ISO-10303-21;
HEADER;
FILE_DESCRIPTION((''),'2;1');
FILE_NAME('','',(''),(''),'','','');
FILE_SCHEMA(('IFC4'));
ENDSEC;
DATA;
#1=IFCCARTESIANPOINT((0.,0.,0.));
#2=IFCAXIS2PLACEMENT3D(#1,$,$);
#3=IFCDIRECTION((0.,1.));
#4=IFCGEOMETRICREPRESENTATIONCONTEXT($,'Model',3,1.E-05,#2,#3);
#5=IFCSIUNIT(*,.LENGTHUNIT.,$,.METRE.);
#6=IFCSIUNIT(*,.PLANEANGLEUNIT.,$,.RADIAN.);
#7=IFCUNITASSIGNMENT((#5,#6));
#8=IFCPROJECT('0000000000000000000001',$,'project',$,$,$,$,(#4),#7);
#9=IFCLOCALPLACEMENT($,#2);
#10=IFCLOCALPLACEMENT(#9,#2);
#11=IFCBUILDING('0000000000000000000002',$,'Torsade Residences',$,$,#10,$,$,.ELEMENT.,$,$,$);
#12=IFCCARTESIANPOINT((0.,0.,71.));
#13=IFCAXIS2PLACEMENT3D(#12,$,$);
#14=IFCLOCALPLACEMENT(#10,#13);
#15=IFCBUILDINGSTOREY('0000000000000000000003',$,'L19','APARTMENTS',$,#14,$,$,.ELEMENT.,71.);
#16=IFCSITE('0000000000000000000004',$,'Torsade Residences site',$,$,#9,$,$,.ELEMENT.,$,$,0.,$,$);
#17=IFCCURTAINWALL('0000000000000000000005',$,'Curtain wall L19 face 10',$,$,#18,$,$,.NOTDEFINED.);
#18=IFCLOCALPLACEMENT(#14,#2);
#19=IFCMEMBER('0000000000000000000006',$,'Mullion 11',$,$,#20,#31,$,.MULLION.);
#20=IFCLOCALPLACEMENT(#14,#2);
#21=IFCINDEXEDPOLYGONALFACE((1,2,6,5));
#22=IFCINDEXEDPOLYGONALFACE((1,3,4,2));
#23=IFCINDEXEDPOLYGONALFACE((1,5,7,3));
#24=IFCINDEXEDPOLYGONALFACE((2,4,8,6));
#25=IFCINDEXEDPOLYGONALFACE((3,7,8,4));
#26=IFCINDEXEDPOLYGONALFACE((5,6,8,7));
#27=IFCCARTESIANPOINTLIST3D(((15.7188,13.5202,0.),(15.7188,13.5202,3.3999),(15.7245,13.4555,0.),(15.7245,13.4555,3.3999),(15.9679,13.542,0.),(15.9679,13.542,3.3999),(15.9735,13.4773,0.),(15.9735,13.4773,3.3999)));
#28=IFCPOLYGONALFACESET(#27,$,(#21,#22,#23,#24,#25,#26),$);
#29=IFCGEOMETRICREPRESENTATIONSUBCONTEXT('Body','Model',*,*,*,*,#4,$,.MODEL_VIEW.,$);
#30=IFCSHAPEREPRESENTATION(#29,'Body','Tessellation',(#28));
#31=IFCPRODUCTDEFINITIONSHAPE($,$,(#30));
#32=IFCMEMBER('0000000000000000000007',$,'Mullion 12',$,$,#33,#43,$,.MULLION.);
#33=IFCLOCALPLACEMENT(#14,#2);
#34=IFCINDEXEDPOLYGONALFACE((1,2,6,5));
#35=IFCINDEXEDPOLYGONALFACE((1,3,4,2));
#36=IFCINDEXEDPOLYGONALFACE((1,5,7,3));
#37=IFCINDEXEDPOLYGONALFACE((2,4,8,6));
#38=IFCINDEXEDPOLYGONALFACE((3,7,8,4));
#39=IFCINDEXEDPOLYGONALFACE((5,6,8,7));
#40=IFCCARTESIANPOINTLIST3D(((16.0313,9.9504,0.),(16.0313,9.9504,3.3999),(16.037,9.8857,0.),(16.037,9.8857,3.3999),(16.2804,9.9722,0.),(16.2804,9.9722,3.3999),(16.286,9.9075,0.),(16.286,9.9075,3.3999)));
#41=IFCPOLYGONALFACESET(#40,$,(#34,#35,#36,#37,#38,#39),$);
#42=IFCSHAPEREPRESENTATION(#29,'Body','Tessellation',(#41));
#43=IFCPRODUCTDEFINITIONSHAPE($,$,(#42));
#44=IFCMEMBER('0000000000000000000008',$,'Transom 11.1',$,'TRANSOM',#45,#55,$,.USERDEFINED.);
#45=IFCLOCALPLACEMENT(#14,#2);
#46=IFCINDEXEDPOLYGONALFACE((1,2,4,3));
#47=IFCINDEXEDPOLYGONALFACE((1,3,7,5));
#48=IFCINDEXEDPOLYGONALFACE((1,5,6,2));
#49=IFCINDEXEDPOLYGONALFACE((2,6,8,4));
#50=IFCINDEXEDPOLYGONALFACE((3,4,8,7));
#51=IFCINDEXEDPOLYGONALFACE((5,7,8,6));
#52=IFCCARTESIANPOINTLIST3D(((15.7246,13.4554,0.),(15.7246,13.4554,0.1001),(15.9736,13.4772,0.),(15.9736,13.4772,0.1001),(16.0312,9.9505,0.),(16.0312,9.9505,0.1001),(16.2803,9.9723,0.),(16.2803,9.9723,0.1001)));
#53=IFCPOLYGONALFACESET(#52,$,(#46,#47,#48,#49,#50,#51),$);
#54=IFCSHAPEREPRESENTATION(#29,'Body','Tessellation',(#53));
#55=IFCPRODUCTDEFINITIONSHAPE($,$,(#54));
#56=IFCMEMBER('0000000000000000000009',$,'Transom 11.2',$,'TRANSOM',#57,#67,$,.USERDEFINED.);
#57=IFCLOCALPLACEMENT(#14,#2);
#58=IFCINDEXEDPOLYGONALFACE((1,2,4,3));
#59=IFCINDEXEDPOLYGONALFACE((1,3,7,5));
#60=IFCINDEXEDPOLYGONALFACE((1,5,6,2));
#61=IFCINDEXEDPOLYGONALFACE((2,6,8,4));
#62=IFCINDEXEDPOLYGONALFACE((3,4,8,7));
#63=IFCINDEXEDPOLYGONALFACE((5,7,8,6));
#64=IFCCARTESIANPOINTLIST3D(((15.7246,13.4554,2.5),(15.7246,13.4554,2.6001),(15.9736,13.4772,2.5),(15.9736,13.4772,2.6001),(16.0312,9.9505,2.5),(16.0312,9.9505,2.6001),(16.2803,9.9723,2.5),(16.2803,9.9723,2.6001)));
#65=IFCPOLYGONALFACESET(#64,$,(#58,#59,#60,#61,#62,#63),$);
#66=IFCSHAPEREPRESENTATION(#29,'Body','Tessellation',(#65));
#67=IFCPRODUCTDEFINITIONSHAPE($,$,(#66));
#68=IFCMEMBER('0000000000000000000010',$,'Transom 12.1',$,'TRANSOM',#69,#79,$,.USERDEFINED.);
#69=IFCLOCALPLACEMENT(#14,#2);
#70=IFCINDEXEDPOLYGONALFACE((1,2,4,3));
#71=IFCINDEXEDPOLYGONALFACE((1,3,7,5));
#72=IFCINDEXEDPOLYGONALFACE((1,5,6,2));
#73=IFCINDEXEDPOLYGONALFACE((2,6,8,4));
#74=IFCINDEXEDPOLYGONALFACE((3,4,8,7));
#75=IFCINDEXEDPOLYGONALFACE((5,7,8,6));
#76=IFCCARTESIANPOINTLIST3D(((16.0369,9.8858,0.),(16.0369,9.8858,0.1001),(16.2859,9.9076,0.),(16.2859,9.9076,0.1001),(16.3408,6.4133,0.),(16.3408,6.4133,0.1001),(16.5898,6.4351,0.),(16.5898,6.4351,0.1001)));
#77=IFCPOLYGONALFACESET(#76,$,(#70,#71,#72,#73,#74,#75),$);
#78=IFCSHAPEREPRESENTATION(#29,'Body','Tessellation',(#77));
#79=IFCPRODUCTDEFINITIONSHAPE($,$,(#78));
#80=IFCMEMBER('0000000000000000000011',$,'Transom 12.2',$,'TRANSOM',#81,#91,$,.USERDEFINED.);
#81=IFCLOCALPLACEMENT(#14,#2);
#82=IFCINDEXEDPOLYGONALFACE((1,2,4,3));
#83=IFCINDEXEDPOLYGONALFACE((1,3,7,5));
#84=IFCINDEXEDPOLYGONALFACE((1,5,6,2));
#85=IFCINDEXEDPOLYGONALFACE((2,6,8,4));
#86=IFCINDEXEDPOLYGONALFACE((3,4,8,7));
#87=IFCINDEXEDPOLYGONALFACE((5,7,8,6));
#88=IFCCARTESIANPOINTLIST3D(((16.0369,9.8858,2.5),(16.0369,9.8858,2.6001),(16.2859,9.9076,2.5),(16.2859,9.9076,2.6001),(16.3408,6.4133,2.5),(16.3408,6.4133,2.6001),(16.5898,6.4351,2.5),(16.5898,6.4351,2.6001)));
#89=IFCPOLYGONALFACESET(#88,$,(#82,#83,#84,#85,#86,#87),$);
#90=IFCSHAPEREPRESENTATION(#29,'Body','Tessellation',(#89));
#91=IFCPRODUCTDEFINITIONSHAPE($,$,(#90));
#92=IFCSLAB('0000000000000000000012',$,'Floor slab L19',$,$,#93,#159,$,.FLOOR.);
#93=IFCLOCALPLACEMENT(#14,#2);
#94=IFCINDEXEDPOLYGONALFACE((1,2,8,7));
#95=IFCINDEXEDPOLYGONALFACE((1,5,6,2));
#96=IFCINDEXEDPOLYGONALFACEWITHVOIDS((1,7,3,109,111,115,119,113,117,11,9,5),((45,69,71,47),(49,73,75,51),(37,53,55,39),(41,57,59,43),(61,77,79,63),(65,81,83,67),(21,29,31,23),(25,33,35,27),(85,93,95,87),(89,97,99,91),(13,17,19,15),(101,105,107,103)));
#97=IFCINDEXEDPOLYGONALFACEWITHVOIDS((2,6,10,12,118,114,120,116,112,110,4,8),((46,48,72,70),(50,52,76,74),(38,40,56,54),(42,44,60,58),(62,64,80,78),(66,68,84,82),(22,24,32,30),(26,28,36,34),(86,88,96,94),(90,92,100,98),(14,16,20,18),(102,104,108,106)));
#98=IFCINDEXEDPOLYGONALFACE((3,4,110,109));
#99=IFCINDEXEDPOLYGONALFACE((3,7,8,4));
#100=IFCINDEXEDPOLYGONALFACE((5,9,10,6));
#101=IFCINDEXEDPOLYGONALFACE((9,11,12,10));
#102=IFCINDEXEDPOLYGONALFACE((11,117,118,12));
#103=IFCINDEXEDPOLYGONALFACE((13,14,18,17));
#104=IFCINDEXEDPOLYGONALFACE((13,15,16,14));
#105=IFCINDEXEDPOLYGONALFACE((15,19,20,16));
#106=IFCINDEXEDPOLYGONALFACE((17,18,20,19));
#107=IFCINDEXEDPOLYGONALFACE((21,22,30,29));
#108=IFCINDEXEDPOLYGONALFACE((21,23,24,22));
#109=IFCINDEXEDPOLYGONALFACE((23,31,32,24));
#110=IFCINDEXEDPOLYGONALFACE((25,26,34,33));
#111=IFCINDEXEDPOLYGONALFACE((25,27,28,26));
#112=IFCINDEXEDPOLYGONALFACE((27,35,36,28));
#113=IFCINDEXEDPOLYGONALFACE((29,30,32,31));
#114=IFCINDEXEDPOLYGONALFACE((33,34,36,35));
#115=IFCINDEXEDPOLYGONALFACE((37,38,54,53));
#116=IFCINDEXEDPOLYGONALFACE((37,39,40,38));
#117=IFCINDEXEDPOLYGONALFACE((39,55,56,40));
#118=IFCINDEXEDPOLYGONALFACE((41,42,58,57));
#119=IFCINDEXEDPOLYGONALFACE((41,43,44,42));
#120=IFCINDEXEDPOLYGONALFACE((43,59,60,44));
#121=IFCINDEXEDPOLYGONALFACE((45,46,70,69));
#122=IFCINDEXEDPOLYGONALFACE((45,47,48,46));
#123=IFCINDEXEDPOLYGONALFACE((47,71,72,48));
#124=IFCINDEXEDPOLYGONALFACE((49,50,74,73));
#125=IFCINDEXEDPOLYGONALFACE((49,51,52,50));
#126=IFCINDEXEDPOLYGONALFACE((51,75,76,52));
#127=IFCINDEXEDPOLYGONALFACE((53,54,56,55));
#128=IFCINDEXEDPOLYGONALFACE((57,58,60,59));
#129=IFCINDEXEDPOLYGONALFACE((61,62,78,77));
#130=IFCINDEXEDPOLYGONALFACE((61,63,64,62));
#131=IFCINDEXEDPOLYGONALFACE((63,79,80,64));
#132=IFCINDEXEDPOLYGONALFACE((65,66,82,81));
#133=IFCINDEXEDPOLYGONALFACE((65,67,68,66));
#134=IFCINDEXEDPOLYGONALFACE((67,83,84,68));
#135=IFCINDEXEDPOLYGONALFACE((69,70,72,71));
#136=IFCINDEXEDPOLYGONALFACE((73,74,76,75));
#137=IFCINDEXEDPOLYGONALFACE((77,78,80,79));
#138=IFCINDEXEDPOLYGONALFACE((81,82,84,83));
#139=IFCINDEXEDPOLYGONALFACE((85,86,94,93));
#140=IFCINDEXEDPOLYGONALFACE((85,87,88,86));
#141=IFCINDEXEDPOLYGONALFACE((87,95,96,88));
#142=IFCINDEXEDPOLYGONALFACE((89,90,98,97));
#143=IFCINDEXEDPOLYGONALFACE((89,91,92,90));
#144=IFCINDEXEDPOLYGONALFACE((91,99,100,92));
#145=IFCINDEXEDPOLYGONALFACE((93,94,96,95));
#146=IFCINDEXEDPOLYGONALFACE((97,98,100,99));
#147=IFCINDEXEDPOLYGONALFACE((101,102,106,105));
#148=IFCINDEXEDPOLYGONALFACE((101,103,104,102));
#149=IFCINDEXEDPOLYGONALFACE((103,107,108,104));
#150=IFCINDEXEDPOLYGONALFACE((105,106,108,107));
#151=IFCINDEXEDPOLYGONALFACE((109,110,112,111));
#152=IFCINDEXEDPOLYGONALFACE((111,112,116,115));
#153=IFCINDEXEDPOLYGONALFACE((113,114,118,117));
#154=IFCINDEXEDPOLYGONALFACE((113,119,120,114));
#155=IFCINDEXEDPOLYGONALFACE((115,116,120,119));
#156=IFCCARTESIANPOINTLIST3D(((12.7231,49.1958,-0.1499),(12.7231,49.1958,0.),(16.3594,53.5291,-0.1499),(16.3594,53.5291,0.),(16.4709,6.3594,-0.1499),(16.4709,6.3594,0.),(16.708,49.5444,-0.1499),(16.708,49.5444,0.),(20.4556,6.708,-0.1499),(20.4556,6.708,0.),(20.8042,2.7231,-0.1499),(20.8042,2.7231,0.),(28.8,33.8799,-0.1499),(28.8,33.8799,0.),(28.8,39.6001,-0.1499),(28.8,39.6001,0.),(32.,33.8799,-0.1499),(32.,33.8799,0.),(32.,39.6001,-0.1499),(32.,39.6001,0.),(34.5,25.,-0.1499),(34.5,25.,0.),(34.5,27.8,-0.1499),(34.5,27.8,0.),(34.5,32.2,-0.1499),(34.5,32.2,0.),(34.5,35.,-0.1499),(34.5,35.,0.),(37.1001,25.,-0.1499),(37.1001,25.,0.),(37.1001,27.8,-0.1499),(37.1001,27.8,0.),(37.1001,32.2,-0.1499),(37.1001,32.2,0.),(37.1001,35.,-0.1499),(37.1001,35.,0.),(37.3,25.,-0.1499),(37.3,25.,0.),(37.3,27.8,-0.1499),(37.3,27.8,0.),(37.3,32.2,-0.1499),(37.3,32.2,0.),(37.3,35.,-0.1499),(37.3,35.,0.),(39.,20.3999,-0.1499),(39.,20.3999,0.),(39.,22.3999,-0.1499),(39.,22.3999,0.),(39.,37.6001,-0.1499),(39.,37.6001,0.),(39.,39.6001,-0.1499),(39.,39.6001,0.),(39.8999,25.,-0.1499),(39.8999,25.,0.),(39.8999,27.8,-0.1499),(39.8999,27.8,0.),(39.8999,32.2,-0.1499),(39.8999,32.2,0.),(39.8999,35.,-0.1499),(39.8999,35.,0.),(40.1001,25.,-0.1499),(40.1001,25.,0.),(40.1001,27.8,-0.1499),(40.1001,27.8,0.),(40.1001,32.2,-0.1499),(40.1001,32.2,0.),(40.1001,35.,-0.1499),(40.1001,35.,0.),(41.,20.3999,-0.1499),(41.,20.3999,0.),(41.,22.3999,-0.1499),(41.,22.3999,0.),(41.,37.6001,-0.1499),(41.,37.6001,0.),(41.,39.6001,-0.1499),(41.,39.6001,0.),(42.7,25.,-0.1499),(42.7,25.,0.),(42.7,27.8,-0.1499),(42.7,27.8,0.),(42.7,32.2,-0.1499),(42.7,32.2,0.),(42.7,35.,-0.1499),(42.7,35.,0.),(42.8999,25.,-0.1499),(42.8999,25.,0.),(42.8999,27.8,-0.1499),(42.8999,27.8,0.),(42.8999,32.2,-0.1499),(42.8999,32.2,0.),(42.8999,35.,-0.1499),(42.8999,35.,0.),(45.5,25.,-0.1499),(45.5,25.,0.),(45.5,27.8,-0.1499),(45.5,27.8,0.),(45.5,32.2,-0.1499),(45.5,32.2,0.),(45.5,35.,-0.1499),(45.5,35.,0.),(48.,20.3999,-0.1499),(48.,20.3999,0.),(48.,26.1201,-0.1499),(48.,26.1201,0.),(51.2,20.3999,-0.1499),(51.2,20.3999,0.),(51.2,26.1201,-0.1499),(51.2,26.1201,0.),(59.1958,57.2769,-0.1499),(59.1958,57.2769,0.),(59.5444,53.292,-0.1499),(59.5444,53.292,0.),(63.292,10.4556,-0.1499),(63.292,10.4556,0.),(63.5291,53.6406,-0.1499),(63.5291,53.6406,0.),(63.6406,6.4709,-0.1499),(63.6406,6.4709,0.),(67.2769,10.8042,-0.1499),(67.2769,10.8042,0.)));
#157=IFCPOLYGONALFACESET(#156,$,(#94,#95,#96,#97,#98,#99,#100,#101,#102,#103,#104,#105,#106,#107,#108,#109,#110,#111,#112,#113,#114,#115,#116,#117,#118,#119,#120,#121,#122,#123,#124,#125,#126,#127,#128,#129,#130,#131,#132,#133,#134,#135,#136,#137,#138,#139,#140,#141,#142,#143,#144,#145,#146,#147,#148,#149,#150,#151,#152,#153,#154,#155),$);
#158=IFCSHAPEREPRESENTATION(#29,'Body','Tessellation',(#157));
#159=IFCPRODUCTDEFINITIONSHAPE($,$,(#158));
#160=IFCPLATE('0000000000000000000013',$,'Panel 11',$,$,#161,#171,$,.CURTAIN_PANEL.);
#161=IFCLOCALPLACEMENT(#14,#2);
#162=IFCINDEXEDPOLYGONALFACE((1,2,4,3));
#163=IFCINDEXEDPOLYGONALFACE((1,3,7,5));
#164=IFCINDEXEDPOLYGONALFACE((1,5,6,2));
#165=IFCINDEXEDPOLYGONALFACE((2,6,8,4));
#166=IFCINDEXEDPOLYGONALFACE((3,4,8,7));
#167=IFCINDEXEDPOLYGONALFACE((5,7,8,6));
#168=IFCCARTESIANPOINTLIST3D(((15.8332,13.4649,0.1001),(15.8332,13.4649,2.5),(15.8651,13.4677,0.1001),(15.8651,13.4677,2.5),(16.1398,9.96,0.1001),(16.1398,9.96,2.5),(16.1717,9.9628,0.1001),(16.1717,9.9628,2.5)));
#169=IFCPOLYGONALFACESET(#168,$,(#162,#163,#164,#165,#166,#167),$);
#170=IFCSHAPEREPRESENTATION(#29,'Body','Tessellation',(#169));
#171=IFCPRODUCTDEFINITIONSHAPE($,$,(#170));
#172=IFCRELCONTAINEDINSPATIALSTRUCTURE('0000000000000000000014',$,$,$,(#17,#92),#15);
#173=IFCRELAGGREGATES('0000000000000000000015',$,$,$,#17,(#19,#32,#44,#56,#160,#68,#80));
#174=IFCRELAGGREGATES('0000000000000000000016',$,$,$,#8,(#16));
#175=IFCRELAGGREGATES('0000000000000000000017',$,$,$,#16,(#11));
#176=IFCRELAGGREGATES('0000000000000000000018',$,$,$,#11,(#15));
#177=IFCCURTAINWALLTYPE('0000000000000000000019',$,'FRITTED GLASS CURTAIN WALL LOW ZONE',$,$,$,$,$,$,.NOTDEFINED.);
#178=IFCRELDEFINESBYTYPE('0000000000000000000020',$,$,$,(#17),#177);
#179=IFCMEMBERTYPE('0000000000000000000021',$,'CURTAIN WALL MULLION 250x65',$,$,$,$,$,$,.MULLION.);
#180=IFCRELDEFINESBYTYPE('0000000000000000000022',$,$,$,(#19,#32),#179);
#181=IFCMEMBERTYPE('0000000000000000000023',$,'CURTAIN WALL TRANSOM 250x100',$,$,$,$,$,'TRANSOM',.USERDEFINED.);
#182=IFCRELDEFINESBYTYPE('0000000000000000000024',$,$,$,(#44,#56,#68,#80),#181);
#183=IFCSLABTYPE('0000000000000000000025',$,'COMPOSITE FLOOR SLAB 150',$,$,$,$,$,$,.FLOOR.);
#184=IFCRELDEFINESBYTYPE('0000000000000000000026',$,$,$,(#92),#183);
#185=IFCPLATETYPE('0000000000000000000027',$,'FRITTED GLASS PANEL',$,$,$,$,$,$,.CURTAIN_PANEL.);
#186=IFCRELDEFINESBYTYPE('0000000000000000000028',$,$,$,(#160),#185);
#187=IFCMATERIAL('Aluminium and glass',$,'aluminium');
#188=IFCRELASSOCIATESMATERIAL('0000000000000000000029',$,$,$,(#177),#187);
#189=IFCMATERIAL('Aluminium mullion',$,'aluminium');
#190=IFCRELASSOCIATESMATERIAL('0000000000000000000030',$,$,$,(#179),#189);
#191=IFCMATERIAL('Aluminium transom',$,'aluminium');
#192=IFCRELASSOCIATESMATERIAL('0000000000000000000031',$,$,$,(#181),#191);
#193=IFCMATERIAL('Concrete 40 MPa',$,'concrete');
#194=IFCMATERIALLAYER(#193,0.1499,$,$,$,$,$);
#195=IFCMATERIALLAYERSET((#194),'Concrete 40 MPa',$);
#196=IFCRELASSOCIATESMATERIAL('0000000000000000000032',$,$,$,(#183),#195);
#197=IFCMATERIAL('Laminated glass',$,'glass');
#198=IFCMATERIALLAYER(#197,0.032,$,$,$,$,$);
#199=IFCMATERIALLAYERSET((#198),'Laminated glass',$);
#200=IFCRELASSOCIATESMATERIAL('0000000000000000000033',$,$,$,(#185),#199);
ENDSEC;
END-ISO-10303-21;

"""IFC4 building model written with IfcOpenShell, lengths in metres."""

from ifc_helpers import new_model, si_unit, direction, frame, origin, origin_2d, place, context, subcontext, project, spatial, polyline, rectangle, outline, extrude, material, layer, layer_set, material_profile, profile_set, type_object, element, aggregate, save


model = new_model("IFC4")

# Units and contexts
model_context = context("Model", 3, precision=1e-05, world=origin(), true_north=direction((0.0, 1.0)))
body_context = subcontext(model_context, "Body", "Model", "MODEL_VIEW")
ifc_project = project(units=[si_unit("LENGTHUNIT", "METRE"), si_unit("PLANEANGLEUNIT", "RADIAN")], contexts=[model_context])

# Site, building, storey
site_placement = place(None, origin())
site = spatial("IfcSite", under=ifc_project, at=site_placement, Name="Torsade Residences site", CompositionType="ELEMENT", RefElevation=0.0)
building_placement = place(site_placement, origin())
building = spatial("IfcBuilding", under=site, at=building_placement, Name="Torsade Residences", CompositionType="ELEMENT")
storey_placement = place(building_placement, frame((0.0, 0.0, 71.0)))
storey = spatial("IfcBuildingStorey", under=building, at=storey_placement, Name="L19", Description="APARTMENTS", CompositionType="ELEMENT", Elevation=71.0)

# Curtain wall, members
ifc_material_1 = material(Name="Aluminium and glass", Category="aluminium")
curtain_wall_type = type_object("IfcCurtainWallType", Name="FRITTED GLASS CURTAIN WALL LOW ZONE", PredefinedType="NOTDEFINED", material=ifc_material_1)
curtain_wall_placement = place(storey_placement, origin())
curtain_wall = element("IfcCurtainWall", 1, at=curtain_wall_placement, inside=storey, type_object=curtain_wall_type, Name="Curtain wall L19 face 10", PredefinedType="NOTDEFINED")
ifc_material_2 = material(Name="Aluminium mullion", Category="aluminium")
ifc_material_profile_1 = material_profile(ifc_material_2, rectangle(XDim=0.25, YDim=0.0649, at=origin_2d()), Name="CURTAIN WALL MULLION 250x65")
ifc_profile_set_1 = profile_set([ifc_material_profile_1], Name="Aluminium mullion")
member_type_1 = type_object("IfcMemberType", Name="CURTAIN WALL MULLION 250x65", PredefinedType="MULLION", material=ifc_profile_set_1)
member_1_placement = place(storey_placement, frame((15.8462, 13.4988, 0.0), z_axis=(0.0, 0.0, 1.0), x_axis=(0.996195, 0.087156, 0.0)))
member_1 = element("IfcMember", 2, at=member_1_placement, type_object=member_type_1, Name="Mullion 11", PredefinedType="MULLION", context=body_context, shape_type="SweptSolid", body=[
    extrude(rectangle(XDim=0.25, YDim=0.0649, at=origin_2d()), origin(), (0.0, 0.0, 1.0), 3.3999),
])
member_2_placement = place(storey_placement, frame((16.1587, 9.929, 0.0), z_axis=(0.0, 0.0, 1.0), x_axis=(0.996195, 0.087156, 0.0)))
member_2 = element("IfcMember", 3, at=member_2_placement, type_object=member_type_1, Name="Mullion 12", PredefinedType="MULLION", context=body_context, shape_type="SweptSolid", body=[
    extrude(rectangle(XDim=0.25, YDim=0.0649, at=origin_2d()), origin(), (0.0, 0.0, 1.0), 3.3999),
])
ifc_material_3 = material(Name="Aluminium transom", Category="aluminium")
ifc_material_profile_2 = material_profile(ifc_material_3, rectangle(XDim=0.25, YDim=0.1001, at=origin_2d()), Name="CURTAIN WALL TRANSOM 250x100")
ifc_profile_set_2 = profile_set([ifc_material_profile_2], Name="Aluminium transom")
member_type_2 = type_object("IfcMemberType", Name="CURTAIN WALL TRANSOM 250x100", ElementType="TRANSOM", PredefinedType="USERDEFINED", material=ifc_profile_set_2)
member_3_placement = place(storey_placement, frame((15.8491, 13.4663, 0.05), z_axis=(0.087157, -0.996195, 0.0), x_axis=(0.996195, 0.087157, 0.0)))
member_3 = element("IfcMember", 4, at=member_3_placement, type_object=member_type_2, Name="Transom 11.1", ObjectType="TRANSOM", PredefinedType="USERDEFINED", context=body_context, shape_type="SweptSolid", body=[
    extrude(rectangle(XDim=0.25, YDim=0.1001, at=origin_2d()), origin(), (0.0, 0.0, 1.0), 3.5183),
])
member_4_placement = place(storey_placement, frame((15.8491, 13.4663, 2.55), z_axis=(0.087157, -0.996195, 0.0), x_axis=(0.996195, 0.087157, 0.0)))
member_4 = element("IfcMember", 5, at=member_4_placement, type_object=member_type_2, Name="Transom 11.2", ObjectType="TRANSOM", PredefinedType="USERDEFINED", context=body_context, shape_type="SweptSolid", body=[
    extrude(rectangle(XDim=0.25, YDim=0.1001, at=origin_2d()), origin(), (0.0, 0.0, 1.0), 3.5183),
])
member_5_placement = place(storey_placement, frame((16.1614, 9.8967, 0.05), z_axis=(0.087195, -0.996191, 0.0), x_axis=(0.996191, 0.087195, 0.0)))
member_5 = element("IfcMember", 6, at=member_5_placement, type_object=member_type_2, Name="Transom 12.1", ObjectType="TRANSOM", PredefinedType="USERDEFINED", context=body_context, shape_type="SweptSolid", body=[
    extrude(rectangle(XDim=0.25, YDim=0.1001, at=origin_2d()), origin(), (0.0, 0.0, 1.0), 3.4858),
])
member_6_placement = place(storey_placement, frame((16.1614, 9.8967, 2.55), z_axis=(0.087195, -0.996191, 0.0), x_axis=(0.996191, 0.087195, 0.0)))
member_6 = element("IfcMember", 7, at=member_6_placement, type_object=member_type_2, Name="Transom 12.2", ObjectType="TRANSOM", PredefinedType="USERDEFINED", context=body_context, shape_type="SweptSolid", body=[
    extrude(rectangle(XDim=0.25, YDim=0.1001, at=origin_2d()), origin(), (0.0, 0.0, 1.0), 3.4858),
])

# Slab
ifc_material_4 = material(Name="Concrete 40 MPa", Category="concrete")
ifc_layer_1 = layer(ifc_material_4, 0.1499)
ifc_layer_set_1 = layer_set([ifc_layer_1], Name="Concrete 40 MPa")
slab_type_1 = type_object("IfcSlabType", Name="COMPOSITE FLOOR SLAB 150", PredefinedType="FLOOR", material=ifc_layer_set_1)
slab_1_placement = place(storey_placement, frame((0.0, 0.0, -0.1499)))
element("IfcSlab", 8, at=slab_1_placement, inside=storey, type_object=slab_type_1, Name="Floor slab L19", PredefinedType="FLOOR", context=body_context, shape_type="SweptSolid", body=[
    extrude(outline(polyline([(20.8042, 2.7231), (63.6406, 6.4709), (63.292, 10.4556), (67.2769, 10.8042), (63.5291, 53.6406), (59.5444, 53.292), (59.1958, 57.2769), (16.3594, 53.5291), (16.708, 49.5444), (12.7231, 49.1958), (16.4709, 6.3594), (20.4556, 6.708), (20.8042, 2.7231)]), holes=[polyline([(51.2, 20.3999), (51.2, 26.1201), (48.0, 26.1201), (48.0, 20.3999), (51.2, 20.3999)]), polyline([(45.5, 27.8), (42.8999, 27.8), (42.8999, 25.0), (45.5, 25.0), (45.5, 27.8)]), polyline([(45.5, 32.2), (45.5, 35.0), (42.8999, 35.0), (42.8999, 32.2), (45.5, 32.2)]), polyline([(42.7, 25.0), (42.7, 27.8), (40.1001, 27.8), (40.1001, 25.0), (42.7, 25.0)]), polyline([(42.7, 32.2), (42.7, 35.0), (40.1001, 35.0), (40.1001, 32.2), (42.7, 32.2)]), polyline([(41.0, 22.3999), (39.0, 22.3999), (39.0, 20.3999), (41.0, 20.3999), (41.0, 22.3999)]), polyline([(41.0, 37.6001), (41.0, 39.6001), (39.0, 39.6001), (39.0, 37.6001), (41.0, 37.6001)]), polyline([(39.8999, 25.0), (39.8999, 27.8), (37.3, 27.8), (37.3, 25.0), (39.8999, 25.0)]), polyline([(39.8999, 35.0), (37.3, 35.0), (37.3, 32.2), (39.8999, 32.2), (39.8999, 35.0)]), polyline([(37.1001, 27.8), (34.5, 27.8), (34.5, 25.0), (37.1001, 25.0), (37.1001, 27.8)]), polyline([(37.1001, 32.2), (37.1001, 35.0), (34.5, 35.0), (34.5, 32.2), (37.1001, 32.2)]), polyline([(32.0, 33.8799), (32.0, 39.6001), (28.8, 39.6001), (28.8, 33.8799), (32.0, 33.8799)])]), origin(), (0.0, 0.0, 1.0), 0.1499),
])

# Plate
ifc_material_5 = material(Name="Laminated glass", Category="glass")
ifc_layer_2 = layer(ifc_material_5, 0.032)
ifc_layer_set_2 = layer_set([ifc_layer_2], Name="Laminated glass")
plate_type_1 = type_object("IfcPlateType", Name="FRITTED GLASS PANEL", PredefinedType="CURTAIN_PANEL", material=ifc_layer_set_2)
plate_1_placement = place(storey_placement, frame((16.0024, 11.7139, 0.1001), z_axis=(0.0, 0.0, 1.0), x_axis=(0.087156, -0.996195, 0.0)))
plate_1 = element("IfcPlate", 9, at=plate_1_placement, type_object=plate_type_1, Name="Panel 11", PredefinedType="CURTAIN_PANEL", context=body_context, shape_type="SweptSolid", body=[
    extrude(rectangle(XDim=3.5183, YDim=0.032, at=origin_2d()), origin(), (0.0, 0.0, 1.0), 2.3999),
])
aggregate(curtain_wall, [member_1, member_2, member_3, member_4, plate_1, member_5, member_6])

save(model, "model.ifc")
